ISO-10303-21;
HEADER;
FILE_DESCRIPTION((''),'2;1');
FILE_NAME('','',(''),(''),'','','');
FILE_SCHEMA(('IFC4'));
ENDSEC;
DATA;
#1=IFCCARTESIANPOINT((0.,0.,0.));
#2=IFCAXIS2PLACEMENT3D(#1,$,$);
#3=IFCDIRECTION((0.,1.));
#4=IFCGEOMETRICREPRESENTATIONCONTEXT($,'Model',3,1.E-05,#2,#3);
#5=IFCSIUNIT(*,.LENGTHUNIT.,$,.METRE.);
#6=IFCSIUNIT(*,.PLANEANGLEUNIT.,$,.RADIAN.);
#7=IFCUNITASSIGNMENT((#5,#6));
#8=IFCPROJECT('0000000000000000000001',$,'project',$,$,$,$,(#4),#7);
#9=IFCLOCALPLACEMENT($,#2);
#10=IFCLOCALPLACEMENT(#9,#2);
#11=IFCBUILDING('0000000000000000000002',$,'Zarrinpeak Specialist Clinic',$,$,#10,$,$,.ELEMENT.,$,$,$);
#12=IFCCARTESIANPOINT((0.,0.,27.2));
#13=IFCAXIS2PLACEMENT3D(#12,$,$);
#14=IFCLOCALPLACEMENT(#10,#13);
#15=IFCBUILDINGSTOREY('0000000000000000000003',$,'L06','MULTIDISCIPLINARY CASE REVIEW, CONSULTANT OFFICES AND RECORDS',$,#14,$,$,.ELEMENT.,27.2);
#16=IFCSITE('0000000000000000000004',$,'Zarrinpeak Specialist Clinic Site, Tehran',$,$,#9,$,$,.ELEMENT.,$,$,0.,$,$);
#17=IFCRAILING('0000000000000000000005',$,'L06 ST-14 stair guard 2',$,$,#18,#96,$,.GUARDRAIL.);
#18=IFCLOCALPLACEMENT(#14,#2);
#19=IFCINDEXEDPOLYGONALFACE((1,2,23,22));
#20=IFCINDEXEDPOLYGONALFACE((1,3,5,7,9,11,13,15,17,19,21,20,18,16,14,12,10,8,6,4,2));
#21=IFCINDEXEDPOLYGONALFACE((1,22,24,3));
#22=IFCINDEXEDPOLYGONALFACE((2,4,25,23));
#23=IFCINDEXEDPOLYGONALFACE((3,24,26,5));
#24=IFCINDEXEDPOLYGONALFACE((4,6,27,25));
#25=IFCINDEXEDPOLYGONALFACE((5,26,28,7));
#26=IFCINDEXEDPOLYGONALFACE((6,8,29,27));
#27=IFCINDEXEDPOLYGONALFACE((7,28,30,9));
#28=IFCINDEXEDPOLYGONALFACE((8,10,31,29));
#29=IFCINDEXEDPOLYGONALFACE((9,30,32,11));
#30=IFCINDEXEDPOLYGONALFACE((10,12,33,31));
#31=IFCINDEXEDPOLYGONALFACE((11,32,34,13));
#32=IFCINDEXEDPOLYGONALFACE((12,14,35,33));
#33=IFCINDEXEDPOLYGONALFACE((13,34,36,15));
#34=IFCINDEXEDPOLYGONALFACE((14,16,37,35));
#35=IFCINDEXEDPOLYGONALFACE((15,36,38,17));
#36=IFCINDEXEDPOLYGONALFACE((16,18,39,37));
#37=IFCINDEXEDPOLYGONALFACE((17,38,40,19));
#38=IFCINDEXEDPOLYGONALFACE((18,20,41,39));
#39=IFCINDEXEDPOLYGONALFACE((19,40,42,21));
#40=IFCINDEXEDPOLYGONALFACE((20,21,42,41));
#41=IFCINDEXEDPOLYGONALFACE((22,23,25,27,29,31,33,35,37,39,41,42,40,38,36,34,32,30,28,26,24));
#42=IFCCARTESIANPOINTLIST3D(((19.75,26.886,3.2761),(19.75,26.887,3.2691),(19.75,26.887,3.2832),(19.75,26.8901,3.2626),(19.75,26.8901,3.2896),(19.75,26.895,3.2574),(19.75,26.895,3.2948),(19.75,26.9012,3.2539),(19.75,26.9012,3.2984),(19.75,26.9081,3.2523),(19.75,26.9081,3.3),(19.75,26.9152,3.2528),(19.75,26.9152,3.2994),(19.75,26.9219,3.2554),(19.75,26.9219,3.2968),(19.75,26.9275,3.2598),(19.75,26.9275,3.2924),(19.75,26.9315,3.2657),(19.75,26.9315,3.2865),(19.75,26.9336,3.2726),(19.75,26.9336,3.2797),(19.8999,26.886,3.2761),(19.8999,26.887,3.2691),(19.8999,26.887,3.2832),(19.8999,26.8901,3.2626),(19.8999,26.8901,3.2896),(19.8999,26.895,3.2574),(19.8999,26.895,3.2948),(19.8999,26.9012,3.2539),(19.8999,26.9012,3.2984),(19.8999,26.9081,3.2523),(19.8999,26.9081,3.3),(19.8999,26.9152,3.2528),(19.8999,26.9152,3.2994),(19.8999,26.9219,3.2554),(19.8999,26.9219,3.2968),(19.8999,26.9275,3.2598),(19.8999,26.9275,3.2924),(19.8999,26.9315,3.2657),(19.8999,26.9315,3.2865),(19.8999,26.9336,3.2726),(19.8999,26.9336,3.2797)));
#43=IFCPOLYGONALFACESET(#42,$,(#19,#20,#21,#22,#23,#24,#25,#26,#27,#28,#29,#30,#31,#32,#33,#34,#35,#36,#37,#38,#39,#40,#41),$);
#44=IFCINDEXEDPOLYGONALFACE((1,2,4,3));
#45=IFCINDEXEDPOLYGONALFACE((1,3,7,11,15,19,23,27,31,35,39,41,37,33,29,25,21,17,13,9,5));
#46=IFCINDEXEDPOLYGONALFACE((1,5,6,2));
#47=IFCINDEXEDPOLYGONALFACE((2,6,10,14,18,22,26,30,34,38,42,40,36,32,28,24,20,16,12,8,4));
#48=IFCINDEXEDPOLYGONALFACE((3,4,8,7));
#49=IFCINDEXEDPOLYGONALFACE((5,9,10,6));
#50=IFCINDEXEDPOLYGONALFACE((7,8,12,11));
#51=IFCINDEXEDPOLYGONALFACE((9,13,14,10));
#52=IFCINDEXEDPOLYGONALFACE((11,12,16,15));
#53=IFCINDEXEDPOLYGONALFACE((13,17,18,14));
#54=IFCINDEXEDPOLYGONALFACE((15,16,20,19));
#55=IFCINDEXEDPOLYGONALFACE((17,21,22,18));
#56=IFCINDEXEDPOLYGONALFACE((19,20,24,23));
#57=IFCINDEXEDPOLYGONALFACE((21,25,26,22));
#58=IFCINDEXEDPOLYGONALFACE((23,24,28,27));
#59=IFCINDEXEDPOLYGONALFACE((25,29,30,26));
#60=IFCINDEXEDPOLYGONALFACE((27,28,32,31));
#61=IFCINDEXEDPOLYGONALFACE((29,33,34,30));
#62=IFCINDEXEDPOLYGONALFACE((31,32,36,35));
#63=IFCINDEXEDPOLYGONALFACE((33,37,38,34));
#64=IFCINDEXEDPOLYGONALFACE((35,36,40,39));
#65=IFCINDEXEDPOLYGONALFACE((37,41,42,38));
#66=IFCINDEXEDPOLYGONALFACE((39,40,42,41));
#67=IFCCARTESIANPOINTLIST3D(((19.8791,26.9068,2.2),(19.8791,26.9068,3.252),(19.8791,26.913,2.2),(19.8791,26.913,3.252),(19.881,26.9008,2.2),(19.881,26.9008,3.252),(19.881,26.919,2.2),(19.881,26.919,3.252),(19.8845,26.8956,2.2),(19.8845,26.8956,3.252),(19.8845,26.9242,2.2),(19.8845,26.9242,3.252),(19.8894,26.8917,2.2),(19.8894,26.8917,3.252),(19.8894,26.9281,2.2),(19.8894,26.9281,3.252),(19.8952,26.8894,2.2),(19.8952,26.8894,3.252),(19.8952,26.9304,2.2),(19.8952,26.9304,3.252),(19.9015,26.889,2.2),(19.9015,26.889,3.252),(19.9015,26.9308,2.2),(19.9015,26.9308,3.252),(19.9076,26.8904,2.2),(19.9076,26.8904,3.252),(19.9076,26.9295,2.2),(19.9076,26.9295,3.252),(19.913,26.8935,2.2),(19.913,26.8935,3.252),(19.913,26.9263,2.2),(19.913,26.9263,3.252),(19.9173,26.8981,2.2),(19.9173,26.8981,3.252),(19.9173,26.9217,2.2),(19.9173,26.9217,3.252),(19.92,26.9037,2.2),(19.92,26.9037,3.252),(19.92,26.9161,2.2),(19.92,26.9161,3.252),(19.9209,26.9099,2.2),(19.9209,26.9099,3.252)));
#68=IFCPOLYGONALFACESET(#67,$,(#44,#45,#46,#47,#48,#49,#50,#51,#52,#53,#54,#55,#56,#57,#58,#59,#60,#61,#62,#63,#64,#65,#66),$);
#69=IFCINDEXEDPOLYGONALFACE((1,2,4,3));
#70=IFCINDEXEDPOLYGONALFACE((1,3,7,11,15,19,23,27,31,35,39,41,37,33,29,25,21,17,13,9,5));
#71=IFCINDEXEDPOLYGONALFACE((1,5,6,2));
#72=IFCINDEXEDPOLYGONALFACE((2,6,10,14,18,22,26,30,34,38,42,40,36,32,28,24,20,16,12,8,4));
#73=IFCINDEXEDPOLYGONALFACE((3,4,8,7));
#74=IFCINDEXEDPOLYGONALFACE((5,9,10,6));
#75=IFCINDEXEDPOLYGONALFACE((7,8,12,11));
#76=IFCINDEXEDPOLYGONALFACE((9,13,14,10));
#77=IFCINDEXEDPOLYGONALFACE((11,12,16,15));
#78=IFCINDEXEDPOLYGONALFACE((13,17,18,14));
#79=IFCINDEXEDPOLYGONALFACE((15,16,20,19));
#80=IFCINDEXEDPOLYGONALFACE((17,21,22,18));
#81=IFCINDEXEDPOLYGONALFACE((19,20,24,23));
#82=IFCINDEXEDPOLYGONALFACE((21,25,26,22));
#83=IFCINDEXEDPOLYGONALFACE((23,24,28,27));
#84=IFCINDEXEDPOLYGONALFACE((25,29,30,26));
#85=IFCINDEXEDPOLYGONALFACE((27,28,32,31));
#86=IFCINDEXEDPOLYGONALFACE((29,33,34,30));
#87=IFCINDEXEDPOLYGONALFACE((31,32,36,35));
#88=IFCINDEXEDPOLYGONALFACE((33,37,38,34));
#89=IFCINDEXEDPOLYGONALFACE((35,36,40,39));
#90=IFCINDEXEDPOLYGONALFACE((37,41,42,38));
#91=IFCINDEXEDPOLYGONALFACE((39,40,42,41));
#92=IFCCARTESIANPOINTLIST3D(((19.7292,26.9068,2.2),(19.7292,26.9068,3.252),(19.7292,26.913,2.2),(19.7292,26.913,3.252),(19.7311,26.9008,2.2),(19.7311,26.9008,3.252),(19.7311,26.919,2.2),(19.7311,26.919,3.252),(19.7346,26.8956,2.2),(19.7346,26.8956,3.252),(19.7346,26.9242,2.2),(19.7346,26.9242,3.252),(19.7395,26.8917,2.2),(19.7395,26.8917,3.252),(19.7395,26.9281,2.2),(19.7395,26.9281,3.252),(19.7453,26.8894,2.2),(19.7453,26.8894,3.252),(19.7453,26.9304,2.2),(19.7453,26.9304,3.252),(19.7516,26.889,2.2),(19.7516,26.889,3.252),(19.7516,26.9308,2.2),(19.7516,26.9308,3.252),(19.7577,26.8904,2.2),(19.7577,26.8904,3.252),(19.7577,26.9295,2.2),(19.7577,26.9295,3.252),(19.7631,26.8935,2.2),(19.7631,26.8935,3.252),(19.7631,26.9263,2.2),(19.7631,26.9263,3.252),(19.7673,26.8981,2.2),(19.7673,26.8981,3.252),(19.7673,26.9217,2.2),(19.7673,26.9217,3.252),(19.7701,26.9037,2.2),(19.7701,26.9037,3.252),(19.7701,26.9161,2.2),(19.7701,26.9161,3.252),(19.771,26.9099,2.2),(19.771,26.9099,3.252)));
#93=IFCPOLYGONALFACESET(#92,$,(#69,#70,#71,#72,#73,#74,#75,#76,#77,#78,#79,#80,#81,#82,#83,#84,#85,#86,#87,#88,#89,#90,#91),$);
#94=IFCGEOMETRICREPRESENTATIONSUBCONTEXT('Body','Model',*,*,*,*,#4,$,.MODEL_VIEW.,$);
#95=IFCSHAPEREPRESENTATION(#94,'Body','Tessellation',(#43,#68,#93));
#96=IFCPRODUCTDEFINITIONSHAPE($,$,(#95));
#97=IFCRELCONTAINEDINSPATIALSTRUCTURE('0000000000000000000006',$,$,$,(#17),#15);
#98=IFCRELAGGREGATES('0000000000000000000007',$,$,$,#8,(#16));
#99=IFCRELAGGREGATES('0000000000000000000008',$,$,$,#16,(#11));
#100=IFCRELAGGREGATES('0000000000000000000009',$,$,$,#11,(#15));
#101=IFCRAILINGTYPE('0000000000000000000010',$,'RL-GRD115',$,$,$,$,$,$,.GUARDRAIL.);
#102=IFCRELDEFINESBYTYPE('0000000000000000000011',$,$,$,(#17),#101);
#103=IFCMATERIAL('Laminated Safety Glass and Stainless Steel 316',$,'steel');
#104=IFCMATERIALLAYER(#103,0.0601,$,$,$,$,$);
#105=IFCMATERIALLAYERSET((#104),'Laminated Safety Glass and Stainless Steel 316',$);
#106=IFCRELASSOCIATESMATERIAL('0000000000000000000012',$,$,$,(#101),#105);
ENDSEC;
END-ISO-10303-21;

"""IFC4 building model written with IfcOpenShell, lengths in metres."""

from ifc_helpers import new_model, si_unit, direction, frame, origin, origin_2d, place, context, subcontext, project, spatial, circle, extrude, material, layer, layer_set, type_object, element, save


model = new_model("IFC4")

# Units and contexts
model_context = context("Model", 3, precision=1e-05, world=origin(), true_north=direction((0.0, 1.0)))
body_context = subcontext(model_context, "Body", "Model", "MODEL_VIEW")
ifc_project = project(units=[si_unit("LENGTHUNIT", "METRE"), si_unit("PLANEANGLEUNIT", "RADIAN")], contexts=[model_context])

# Site, building, storey
site_placement = place(None, origin())
site = spatial("IfcSite", under=ifc_project, at=site_placement, Name="Zarrinpeak Specialist Clinic Site, Tehran", CompositionType="ELEMENT", RefElevation=0.0)
building_placement = place(site_placement, origin())
building = spatial("IfcBuilding", under=site, at=building_placement, Name="Zarrinpeak Specialist Clinic", CompositionType="ELEMENT")
storey_placement = place(building_placement, frame((0.0, 0.0, 27.2)))
storey = spatial("IfcBuildingStorey", under=building, at=storey_placement, Name="L06", Description="MULTIDISCIPLINARY CASE REVIEW, CONSULTANT OFFICES AND RECORDS", CompositionType="ELEMENT", Elevation=27.2)

# Railing
ifc_material_1 = material(Name="Laminated Safety Glass and Stainless Steel 316", Category="steel")
ifc_layer_1 = layer(ifc_material_1, 0.0601)
ifc_layer_set_1 = layer_set([ifc_layer_1], Name="Laminated Safety Glass and Stainless Steel 316")
railing_type = type_object("IfcRailingType", Name="RL-GRD115", PredefinedType="GUARDRAIL", material=ifc_layer_set_1)
railing_placement = place(storey_placement, frame((19.8999, 26.9099, 2.2)))
element("IfcRailing", 1, at=railing_placement, inside=storey, type_object=railing_type, Name="L06 ST-14 stair guard 2", PredefinedType="GUARDRAIL", context=body_context, shape_type="SweptSolid", body=[
    extrude(circle(Radius=0.0239, at=origin_2d()), frame((0.0, 0.0, 1.0762), z_axis=(-1.0, 0.0, 0.0), x_axis=(0.0, -1.0, 0.0)), (0.0, 0.0, 1.0), 0.1499),
    extrude(circle(Radius=0.021, at=origin_2d()), origin(), (0.0, 0.0, 1.0), 1.052),
    extrude(circle(Radius=0.021, at=origin_2d()), frame((-0.1499, 0.0, 0.0)), (0.0, 0.0, 1.0), 1.052),
])

save(model, "model.ifc")
